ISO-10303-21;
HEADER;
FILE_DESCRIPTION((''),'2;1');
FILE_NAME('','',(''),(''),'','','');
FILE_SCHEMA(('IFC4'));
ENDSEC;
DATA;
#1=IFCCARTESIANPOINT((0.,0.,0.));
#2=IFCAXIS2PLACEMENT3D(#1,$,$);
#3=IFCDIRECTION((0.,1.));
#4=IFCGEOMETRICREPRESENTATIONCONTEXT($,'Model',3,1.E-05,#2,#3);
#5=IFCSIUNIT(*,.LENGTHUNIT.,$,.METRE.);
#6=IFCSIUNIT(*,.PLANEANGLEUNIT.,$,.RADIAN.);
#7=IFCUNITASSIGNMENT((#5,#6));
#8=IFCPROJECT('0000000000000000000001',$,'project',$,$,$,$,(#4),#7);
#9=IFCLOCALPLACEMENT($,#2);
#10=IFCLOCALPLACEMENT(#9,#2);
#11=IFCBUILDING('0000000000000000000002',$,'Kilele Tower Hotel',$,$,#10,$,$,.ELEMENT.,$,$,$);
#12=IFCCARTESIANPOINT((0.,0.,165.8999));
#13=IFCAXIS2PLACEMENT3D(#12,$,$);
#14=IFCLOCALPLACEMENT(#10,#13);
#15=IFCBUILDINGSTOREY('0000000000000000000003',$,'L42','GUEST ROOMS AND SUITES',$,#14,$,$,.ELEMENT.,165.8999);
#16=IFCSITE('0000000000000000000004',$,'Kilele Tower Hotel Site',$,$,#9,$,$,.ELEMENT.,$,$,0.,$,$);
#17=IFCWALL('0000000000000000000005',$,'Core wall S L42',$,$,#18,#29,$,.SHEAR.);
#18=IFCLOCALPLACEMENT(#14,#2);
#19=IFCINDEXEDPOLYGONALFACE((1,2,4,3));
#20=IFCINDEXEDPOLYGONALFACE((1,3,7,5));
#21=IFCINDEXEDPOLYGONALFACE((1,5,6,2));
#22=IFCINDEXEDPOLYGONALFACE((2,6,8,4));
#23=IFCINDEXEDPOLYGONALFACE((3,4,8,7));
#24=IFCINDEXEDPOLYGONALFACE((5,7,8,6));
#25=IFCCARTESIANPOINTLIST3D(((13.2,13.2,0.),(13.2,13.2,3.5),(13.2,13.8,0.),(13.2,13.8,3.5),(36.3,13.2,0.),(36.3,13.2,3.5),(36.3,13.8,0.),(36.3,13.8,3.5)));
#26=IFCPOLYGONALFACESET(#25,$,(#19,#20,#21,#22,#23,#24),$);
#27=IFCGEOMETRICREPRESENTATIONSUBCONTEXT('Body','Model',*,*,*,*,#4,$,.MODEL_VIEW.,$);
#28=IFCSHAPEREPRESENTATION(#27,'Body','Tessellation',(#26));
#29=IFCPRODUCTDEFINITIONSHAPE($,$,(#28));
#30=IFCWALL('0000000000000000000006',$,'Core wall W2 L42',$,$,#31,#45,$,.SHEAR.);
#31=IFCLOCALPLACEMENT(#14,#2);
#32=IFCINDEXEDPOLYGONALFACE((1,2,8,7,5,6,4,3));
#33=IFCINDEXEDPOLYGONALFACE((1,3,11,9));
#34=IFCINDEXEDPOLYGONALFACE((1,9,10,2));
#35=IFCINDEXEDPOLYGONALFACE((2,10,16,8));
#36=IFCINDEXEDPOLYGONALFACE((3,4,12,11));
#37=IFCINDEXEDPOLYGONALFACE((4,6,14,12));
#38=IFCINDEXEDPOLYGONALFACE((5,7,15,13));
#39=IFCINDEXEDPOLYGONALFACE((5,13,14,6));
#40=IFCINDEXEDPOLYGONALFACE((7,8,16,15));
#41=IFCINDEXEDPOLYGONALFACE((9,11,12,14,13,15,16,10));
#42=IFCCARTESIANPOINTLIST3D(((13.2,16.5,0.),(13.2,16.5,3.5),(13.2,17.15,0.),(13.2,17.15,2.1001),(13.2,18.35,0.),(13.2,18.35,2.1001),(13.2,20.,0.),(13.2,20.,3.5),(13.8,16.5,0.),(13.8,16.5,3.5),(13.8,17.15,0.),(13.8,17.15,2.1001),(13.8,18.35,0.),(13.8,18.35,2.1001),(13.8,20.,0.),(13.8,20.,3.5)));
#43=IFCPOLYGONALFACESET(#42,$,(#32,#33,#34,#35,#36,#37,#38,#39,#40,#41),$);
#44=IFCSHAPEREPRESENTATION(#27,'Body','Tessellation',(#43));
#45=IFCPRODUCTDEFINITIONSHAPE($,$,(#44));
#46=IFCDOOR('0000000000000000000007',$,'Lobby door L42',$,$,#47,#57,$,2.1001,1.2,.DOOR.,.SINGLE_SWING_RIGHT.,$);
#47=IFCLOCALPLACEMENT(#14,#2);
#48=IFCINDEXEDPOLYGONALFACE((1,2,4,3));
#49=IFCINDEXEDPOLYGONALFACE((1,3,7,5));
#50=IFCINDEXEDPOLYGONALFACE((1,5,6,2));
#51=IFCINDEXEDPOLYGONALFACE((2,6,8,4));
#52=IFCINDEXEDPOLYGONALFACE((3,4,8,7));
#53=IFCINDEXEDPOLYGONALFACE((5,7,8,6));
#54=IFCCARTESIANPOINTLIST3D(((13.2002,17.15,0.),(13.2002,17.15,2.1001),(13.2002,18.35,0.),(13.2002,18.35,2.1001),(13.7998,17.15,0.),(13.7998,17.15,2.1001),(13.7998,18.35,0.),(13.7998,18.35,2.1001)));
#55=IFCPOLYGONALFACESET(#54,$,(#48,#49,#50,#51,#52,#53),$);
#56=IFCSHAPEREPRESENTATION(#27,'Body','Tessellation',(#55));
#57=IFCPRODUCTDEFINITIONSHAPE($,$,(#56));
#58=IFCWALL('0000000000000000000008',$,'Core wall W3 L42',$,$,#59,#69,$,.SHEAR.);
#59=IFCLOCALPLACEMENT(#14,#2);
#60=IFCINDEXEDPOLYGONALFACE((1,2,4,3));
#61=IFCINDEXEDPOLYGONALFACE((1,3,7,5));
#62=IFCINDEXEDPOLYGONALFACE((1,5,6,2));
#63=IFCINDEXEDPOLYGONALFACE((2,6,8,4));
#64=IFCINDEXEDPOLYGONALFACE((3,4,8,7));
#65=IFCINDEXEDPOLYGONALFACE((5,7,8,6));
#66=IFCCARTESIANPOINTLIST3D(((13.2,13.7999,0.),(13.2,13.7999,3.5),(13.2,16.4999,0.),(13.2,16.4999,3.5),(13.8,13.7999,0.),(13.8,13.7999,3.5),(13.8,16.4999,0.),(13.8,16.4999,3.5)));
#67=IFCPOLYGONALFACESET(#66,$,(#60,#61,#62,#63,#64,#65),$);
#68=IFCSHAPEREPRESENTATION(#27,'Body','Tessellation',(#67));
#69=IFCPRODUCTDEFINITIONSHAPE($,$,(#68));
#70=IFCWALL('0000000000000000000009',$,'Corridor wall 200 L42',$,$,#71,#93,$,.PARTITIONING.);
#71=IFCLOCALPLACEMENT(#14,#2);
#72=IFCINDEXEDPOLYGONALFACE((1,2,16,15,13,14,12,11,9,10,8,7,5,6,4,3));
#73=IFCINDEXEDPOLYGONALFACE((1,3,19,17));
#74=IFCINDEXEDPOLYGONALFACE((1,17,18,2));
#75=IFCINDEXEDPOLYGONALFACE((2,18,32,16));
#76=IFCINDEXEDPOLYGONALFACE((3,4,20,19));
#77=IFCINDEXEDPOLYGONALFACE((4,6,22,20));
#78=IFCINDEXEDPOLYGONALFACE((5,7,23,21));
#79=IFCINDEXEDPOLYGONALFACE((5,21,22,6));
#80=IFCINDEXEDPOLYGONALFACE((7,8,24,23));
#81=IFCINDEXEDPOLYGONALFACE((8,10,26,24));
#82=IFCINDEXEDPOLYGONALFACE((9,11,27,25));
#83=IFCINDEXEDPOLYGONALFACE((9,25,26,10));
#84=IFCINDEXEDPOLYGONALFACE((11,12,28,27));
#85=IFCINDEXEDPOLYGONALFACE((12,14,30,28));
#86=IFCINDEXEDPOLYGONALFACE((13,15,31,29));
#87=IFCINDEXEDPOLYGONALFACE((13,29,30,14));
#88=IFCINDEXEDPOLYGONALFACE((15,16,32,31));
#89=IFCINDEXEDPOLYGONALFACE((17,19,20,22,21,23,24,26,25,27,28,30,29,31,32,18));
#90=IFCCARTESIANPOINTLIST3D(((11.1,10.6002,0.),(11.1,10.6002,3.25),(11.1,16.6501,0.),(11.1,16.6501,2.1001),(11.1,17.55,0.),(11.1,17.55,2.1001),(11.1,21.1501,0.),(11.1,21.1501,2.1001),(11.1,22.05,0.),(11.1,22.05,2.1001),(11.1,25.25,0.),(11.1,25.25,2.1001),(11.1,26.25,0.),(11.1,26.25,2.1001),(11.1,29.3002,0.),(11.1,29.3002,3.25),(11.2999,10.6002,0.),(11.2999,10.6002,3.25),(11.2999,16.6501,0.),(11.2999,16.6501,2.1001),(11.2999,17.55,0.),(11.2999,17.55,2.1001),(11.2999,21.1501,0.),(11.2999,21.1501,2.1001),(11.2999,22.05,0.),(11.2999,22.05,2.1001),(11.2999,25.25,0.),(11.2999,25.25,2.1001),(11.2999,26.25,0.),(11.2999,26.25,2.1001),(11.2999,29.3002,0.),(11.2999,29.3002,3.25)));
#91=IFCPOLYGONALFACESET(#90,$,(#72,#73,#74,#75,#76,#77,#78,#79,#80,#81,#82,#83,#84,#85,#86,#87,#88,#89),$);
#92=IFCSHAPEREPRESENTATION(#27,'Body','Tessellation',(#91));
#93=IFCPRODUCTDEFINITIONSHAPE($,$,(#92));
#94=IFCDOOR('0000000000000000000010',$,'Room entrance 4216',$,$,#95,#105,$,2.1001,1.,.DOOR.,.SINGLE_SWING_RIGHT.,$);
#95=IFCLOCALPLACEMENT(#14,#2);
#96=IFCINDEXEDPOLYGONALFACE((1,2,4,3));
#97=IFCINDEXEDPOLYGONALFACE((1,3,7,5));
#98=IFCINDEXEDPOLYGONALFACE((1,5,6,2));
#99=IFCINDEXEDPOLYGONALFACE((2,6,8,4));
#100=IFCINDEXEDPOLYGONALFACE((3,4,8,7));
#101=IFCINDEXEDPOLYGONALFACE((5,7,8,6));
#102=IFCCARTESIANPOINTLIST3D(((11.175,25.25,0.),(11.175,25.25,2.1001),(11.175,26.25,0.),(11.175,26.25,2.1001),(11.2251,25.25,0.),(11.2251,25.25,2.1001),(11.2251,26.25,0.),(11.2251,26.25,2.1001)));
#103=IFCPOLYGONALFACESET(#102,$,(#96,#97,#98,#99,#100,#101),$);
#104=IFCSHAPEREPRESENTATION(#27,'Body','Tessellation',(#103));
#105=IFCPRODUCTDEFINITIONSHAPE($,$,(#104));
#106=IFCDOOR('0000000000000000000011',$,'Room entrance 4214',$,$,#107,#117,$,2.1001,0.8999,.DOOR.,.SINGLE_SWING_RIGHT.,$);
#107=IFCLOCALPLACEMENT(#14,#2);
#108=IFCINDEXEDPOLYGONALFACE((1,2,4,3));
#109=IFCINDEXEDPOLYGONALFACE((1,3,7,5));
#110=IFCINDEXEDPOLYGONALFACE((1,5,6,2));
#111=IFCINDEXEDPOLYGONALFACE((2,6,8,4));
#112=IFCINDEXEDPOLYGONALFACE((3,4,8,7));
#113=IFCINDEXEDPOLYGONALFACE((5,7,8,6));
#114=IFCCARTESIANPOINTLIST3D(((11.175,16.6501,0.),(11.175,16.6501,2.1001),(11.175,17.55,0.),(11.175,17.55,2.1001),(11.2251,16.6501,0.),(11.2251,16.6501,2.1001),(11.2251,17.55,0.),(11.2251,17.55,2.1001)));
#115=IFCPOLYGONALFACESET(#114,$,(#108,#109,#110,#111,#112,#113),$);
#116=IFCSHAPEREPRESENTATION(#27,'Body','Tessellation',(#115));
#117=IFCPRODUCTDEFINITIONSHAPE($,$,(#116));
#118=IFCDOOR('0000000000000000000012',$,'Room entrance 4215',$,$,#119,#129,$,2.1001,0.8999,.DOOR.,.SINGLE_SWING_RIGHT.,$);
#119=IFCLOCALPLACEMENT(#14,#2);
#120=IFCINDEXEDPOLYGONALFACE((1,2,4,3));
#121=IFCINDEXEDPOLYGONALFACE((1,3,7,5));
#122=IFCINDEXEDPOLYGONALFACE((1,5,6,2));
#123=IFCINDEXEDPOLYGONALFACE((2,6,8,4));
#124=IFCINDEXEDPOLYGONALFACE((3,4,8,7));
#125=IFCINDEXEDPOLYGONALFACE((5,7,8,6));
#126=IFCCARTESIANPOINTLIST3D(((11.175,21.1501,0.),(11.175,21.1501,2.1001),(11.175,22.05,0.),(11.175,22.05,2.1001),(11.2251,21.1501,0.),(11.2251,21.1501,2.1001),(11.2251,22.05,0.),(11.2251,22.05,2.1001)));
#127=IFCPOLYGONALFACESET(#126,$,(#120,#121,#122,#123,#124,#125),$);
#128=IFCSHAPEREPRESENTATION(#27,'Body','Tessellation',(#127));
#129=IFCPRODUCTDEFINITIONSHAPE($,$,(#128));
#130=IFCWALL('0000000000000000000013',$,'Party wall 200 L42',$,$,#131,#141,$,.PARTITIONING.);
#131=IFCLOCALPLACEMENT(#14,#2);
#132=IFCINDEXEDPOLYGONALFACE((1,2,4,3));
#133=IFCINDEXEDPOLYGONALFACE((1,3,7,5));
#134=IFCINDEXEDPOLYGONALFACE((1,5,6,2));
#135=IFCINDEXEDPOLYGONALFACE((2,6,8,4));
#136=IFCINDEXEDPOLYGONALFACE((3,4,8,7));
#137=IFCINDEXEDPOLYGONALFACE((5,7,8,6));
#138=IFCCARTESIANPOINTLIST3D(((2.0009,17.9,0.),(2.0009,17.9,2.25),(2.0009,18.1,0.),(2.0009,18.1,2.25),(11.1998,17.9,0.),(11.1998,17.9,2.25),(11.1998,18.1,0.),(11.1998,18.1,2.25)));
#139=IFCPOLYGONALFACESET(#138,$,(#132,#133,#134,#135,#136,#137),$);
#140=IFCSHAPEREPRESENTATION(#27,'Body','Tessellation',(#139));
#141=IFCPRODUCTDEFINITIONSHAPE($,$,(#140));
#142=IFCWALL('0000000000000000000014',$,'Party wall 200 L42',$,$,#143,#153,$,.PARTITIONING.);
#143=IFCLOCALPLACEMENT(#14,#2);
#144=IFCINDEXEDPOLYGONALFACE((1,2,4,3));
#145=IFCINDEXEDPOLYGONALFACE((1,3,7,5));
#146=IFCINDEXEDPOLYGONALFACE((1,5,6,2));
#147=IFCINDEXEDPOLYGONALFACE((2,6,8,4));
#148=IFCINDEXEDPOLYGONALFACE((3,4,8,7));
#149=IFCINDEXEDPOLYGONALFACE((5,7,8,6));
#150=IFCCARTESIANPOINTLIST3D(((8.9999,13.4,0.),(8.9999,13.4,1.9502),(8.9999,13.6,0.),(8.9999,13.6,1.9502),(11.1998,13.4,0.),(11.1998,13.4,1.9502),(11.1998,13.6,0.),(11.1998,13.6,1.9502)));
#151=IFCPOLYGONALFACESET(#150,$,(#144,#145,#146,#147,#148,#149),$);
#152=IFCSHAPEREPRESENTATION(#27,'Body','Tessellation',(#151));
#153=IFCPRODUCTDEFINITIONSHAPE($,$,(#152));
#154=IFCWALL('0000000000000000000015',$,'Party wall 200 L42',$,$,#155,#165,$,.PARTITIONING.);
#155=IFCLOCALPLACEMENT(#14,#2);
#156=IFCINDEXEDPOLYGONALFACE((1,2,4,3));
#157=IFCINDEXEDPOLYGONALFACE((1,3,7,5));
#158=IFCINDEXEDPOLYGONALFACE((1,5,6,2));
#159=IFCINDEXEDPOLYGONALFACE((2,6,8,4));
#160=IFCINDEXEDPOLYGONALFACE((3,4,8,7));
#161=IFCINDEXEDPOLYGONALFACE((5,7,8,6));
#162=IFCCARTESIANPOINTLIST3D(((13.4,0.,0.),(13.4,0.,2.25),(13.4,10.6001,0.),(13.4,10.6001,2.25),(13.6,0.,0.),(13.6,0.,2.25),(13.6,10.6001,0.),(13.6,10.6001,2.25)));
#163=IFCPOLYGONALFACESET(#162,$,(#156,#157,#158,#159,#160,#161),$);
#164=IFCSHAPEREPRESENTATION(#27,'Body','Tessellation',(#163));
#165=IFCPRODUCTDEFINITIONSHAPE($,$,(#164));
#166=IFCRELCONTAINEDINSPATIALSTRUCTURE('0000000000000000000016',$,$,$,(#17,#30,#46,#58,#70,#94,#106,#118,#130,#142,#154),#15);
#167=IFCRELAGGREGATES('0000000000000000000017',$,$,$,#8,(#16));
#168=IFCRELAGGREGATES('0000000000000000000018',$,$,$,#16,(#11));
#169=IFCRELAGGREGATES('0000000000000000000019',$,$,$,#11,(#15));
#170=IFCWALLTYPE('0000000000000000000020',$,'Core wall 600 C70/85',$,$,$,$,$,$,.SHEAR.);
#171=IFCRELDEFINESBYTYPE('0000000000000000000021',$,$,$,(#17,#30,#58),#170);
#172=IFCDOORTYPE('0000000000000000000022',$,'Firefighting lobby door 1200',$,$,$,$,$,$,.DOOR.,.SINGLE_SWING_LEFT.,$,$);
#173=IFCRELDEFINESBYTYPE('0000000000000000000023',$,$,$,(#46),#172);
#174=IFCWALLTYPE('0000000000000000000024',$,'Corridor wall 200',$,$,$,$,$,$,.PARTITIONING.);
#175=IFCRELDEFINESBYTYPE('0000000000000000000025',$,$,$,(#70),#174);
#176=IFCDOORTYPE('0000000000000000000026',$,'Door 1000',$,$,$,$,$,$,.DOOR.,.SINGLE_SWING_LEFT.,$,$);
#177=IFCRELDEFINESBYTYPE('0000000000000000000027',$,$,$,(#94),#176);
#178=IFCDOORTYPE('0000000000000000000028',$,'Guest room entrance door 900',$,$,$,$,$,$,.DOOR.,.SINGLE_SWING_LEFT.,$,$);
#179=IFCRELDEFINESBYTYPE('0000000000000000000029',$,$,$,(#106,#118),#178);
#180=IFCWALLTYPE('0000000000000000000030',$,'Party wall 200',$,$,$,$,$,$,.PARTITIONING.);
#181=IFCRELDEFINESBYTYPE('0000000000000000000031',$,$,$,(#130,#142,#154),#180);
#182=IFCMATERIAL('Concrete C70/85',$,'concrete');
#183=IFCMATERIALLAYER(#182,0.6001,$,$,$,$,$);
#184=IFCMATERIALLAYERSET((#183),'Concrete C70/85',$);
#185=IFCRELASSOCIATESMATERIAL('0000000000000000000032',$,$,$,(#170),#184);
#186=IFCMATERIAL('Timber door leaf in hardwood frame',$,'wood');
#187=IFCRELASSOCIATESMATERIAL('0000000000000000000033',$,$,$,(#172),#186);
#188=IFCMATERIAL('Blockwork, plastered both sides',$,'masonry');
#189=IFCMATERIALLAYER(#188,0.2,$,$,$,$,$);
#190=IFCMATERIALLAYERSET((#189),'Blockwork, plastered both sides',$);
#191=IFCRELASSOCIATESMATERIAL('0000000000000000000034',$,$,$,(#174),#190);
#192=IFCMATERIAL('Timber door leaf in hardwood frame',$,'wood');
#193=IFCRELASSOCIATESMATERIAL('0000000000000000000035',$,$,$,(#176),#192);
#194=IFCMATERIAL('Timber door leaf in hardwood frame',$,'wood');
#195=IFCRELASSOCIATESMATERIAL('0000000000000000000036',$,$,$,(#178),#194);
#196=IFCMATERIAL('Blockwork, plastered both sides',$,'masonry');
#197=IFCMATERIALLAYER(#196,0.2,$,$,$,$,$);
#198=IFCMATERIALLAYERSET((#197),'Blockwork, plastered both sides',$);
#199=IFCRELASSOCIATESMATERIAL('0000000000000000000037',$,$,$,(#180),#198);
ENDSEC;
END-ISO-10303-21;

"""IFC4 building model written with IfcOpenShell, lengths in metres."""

from ifc_helpers import new_model, si_unit, direction, frame, frame_2d, origin, place, context, subcontext, project, spatial, rectangle, extrude, material, layer, layer_set, type_object, element, fill, save


model = new_model("IFC4")

# Units and contexts
model_context = context("Model", 3, precision=1e-05, world=origin(), true_north=direction((0.0, 1.0)))
body_context = subcontext(model_context, "Body", "Model", "MODEL_VIEW")
ifc_project = project(units=[si_unit("LENGTHUNIT", "METRE"), si_unit("PLANEANGLEUNIT", "RADIAN")], contexts=[model_context])

# Site, building, storey
site_placement = place(None, origin())
site = spatial("IfcSite", under=ifc_project, at=site_placement, Name="Kilele Tower Hotel Site", CompositionType="ELEMENT", RefElevation=0.0)
building_placement = place(site_placement, origin())
building = spatial("IfcBuilding", under=site, at=building_placement, Name="Kilele Tower Hotel", CompositionType="ELEMENT")
storey_placement = place(building_placement, frame((0.0, 0.0, 165.8999)))
storey = spatial("IfcBuildingStorey", under=building, at=storey_placement, Name="L42", Description="GUEST ROOMS AND SUITES", CompositionType="ELEMENT", Elevation=165.8999)

# Wall
ifc_material_1 = material(Name="Concrete C70/85", Category="concrete")
ifc_layer_1 = layer(ifc_material_1, 0.6001)
ifc_layer_set_1 = layer_set([ifc_layer_1], Name="Concrete C70/85")
wall_type_1 = type_object("IfcWallType", Name="Core wall 600 C70/85", PredefinedType="SHEAR", material=ifc_layer_set_1)
wall_1_placement = place(storey_placement, frame((13.2, 13.5, 0.0), z_axis=(0.0, 0.0, 1.0), x_axis=(1.0, 0.0, 0.0)))
element("IfcWall", 1, at=wall_1_placement, inside=storey, type_object=wall_type_1, Name="Core wall S L42", PredefinedType="SHEAR", context=body_context, shape_type="SweptSolid", body=[
    extrude(rectangle(XDim=23.1001, YDim=0.6001, at=frame_2d((11.55, 0.0))), origin(), (0.0, 0.0, 1.0), 3.5),
])

# Wall, opening, door
wall_2_placement = place(storey_placement, frame((13.5, 20.0, 0.0), z_axis=(0.0, 0.0, 1.0), x_axis=(0.0, -1.0, 0.0)))
wall_2 = element("IfcWall", 2, at=wall_2_placement, inside=storey, type_object=wall_type_1, Name="Core wall W2 L42", PredefinedType="SHEAR", context=body_context, shape_type="SweptSolid", body=[
    extrude(rectangle(XDim=3.5, YDim=0.6001, at=frame_2d((1.75, 0.0))), origin(), (0.0, 0.0, 1.0), 3.5),
])
opening_1_placement = place(wall_2_placement, frame((1.6499, 0.0, 0.0)))
opening_1 = element("IfcOpeningElement", 3, at=opening_1_placement, cuts=wall_2, PredefinedType="OPENING", context=body_context, shape_type="SweptSolid", body=[
    extrude(rectangle(XDim=1.2, YDim=2.1001, at=frame_2d((0.6001, 1.05))), frame((0.0, 0.3101, 0.0), z_axis=(0.0, -1.0, 0.0), x_axis=(1.0, 0.0, 0.0)), (0.0, 0.0, 1.0), 0.6201),
])
ifc_material_2 = material(Name="Timber door leaf in hardwood frame", Category="wood")
door_type_1 = type_object("IfcDoorType", Name="Firefighting lobby door 1200", OperationType="SINGLE_SWING_LEFT", PredefinedType="DOOR", material=ifc_material_2)
door_1_placement = place(opening_1_placement, origin())
door_1 = element("IfcDoor", 4, at=door_1_placement, inside=storey, type_object=door_type_1, Name="Lobby door L42", OperationType="SINGLE_SWING_RIGHT", OverallHeight=2.1001, OverallWidth=1.2, PredefinedType="DOOR", context=body_context, shape_type="SweptSolid", body=[
    extrude(rectangle(XDim=1.2, YDim=2.1001, at=frame_2d((0.6001, 1.05))), frame((0.0, 0.2998, 0.0), z_axis=(0.0, -1.0, 0.0), x_axis=(1.0, 0.0, 0.0)), (0.0, 0.0, 1.0), 0.5996),
])
fill(opening_1, door_1)

# Wall
wall_3_placement = place(storey_placement, frame((13.5, 16.5, 0.0), z_axis=(0.0, 0.0, 1.0), x_axis=(0.0, -1.0, 0.0)))
element("IfcWall", 5, at=wall_3_placement, inside=storey, type_object=wall_type_1, Name="Core wall W3 L42", PredefinedType="SHEAR", context=body_context, shape_type="SweptSolid", body=[
    extrude(rectangle(XDim=2.7, YDim=0.6001, at=frame_2d((1.3501, 0.0))), origin(), (0.0, 0.0, 1.0), 3.5),
])

# Wall, openings, doors
ifc_material_3 = material(Name="Blockwork, plastered both sides", Category="masonry")
ifc_layer_2 = layer(ifc_material_3, 0.2)
ifc_layer_set_2 = layer_set([ifc_layer_2], Name="Blockwork, plastered both sides")
wall_type_2 = type_object("IfcWallType", Name="Corridor wall 200", PredefinedType="PARTITIONING", material=ifc_layer_set_2)
wall_4_placement = place(storey_placement, frame((11.2, 10.6001, 0.0), z_axis=(0.0, 0.0, 1.0), x_axis=(0.0, 1.0, 0.0)))
wall_4 = element("IfcWall", 6, at=wall_4_placement, inside=storey, type_object=wall_type_2, Name="Corridor wall 200 L42", PredefinedType="PARTITIONING", context=body_context, shape_type="SweptSolid", body=[
    extrude(rectangle(XDim=18.7, YDim=0.2, at=frame_2d((9.3501, 0.0))), origin(), (0.0, 0.0, 1.0), 3.25),
])
opening_2_placement = place(wall_4_placement, frame((6.05, 0.0, 0.0)))
opening_2 = element("IfcOpeningElement", 7, at=opening_2_placement, cuts=wall_4, PredefinedType="OPENING", context=body_context, shape_type="SweptSolid", body=[
    extrude(rectangle(XDim=0.8999, YDim=2.1001, at=frame_2d((0.45, 1.05))), frame((0.0, 0.1099, 0.0), z_axis=(0.0, -1.0, 0.0), x_axis=(1.0, 0.0, 0.0)), (0.0, 0.0, 1.0), 0.22),
])
opening_3_placement = place(wall_4_placement, frame((10.55, 0.0, 0.0)))
opening_3 = element("IfcOpeningElement", 8, at=opening_3_placement, cuts=wall_4, PredefinedType="OPENING", context=body_context, shape_type="SweptSolid", body=[
    extrude(rectangle(XDim=0.8999, YDim=2.1001, at=frame_2d((0.45, 1.05))), frame((0.0, 0.1099, 0.0), z_axis=(0.0, -1.0, 0.0), x_axis=(1.0, 0.0, 0.0)), (0.0, 0.0, 1.0), 0.22),
])
opening_4_placement = place(wall_4_placement, frame((14.6499, 0.0, 0.0)))
opening_4 = element("IfcOpeningElement", 9, at=opening_4_placement, cuts=wall_4, PredefinedType="OPENING", context=body_context, shape_type="SweptSolid", body=[
    extrude(rectangle(XDim=1.0, YDim=2.1001, at=frame_2d((0.5, 1.05))), frame((0.0, 0.1099, 0.0), z_axis=(0.0, -1.0, 0.0), x_axis=(1.0, 0.0, 0.0)), (0.0, 0.0, 1.0), 0.22),
])
ifc_material_4 = material(Name="Timber door leaf in hardwood frame", Category="wood")
door_type_2 = type_object("IfcDoorType", Name="Door 1000", OperationType="SINGLE_SWING_LEFT", PredefinedType="DOOR", material=ifc_material_4)
door_2_placement = place(opening_4_placement, origin())
door_2 = element("IfcDoor", 10, at=door_2_placement, inside=storey, type_object=door_type_2, Name="Room entrance 4216", OperationType="SINGLE_SWING_RIGHT", OverallHeight=2.1001, OverallWidth=1.0, PredefinedType="DOOR", context=body_context, shape_type="SweptSolid", body=[
    extrude(rectangle(XDim=1.0, YDim=2.1001, at=frame_2d((0.5, 1.05))), frame((0.0, 0.0249, 0.0), z_axis=(0.0, -1.0, 0.0), x_axis=(1.0, 0.0, 0.0)), (0.0, 0.0, 1.0), 0.05),
])
fill(opening_4, door_2)
ifc_material_5 = material(Name="Timber door leaf in hardwood frame", Category="wood")
door_type_3 = type_object("IfcDoorType", Name="Guest room entrance door 900", OperationType="SINGLE_SWING_LEFT", PredefinedType="DOOR", material=ifc_material_5)
door_3_placement = place(opening_2_placement, origin())
door_3 = element("IfcDoor", 11, at=door_3_placement, inside=storey, type_object=door_type_3, Name="Room entrance 4214", OperationType="SINGLE_SWING_RIGHT", OverallHeight=2.1001, OverallWidth=0.8999, PredefinedType="DOOR", context=body_context, shape_type="SweptSolid", body=[
    extrude(rectangle(XDim=0.8999, YDim=2.1001, at=frame_2d((0.45, 1.05))), frame((0.0, 0.0249, 0.0), z_axis=(0.0, -1.0, 0.0), x_axis=(1.0, 0.0, 0.0)), (0.0, 0.0, 1.0), 0.05),
])
fill(opening_2, door_3)
door_4_placement = place(opening_3_placement, origin())
door_4 = element("IfcDoor", 12, at=door_4_placement, inside=storey, type_object=door_type_3, Name="Room entrance 4215", OperationType="SINGLE_SWING_RIGHT", OverallHeight=2.1001, OverallWidth=0.8999, PredefinedType="DOOR", context=body_context, shape_type="SweptSolid", body=[
    extrude(rectangle(XDim=0.8999, YDim=2.1001, at=frame_2d((0.45, 1.05))), frame((0.0, 0.0249, 0.0), z_axis=(0.0, -1.0, 0.0), x_axis=(1.0, 0.0, 0.0)), (0.0, 0.0, 1.0), 0.05),
])
fill(opening_3, door_4)

# Walls
ifc_material_6 = material(Name="Blockwork, plastered both sides", Category="masonry")
ifc_layer_3 = layer(ifc_material_6, 0.2)
ifc_layer_set_3 = layer_set([ifc_layer_3], Name="Blockwork, plastered both sides")
wall_type_3 = type_object("IfcWallType", Name="Party wall 200", PredefinedType="PARTITIONING", material=ifc_layer_set_3)
wall_5_placement = place(storey_placement, frame((11.2, 18.0, 0.0), z_axis=(0.0, 0.0, 1.0), x_axis=(-1.0, 0.0, 0.0)))
element("IfcWall", 13, at=wall_5_placement, inside=storey, type_object=wall_type_3, Name="Party wall 200 L42", PredefinedType="PARTITIONING", context=body_context, shape_type="SweptSolid", body=[
    extrude(rectangle(XDim=9.199, YDim=0.2, at=frame_2d((4.5996, 0.0))), origin(), (0.0, 0.0, 1.0), 2.25),
])
wall_6_placement = place(storey_placement, frame((11.2, 13.5, 0.0), z_axis=(0.0, 0.0, 1.0), x_axis=(-1.0, 0.0, 0.0)))
element("IfcWall", 14, at=wall_6_placement, inside=storey, type_object=wall_type_3, Name="Party wall 200 L42", PredefinedType="PARTITIONING", context=body_context, shape_type="SweptSolid", body=[
    extrude(rectangle(XDim=2.2, YDim=0.2, at=frame_2d((1.1001, 0.0))), origin(), (0.0, 0.0, 1.0), 1.9502),
])
wall_7_placement = place(storey_placement, frame((13.5, 10.6001, 0.0), z_axis=(0.0, 0.0, 1.0), x_axis=(0.0, -1.0, 0.0)))
element("IfcWall", 15, at=wall_7_placement, inside=storey, type_object=wall_type_3, Name="Party wall 200 L42", PredefinedType="PARTITIONING", context=body_context, shape_type="SweptSolid", body=[
    extrude(rectangle(XDim=10.6001, YDim=0.2, at=frame_2d((5.3, 0.0))), origin(), (0.0, 0.0, 1.0), 2.25),
])

save(model, "model.ifc")
